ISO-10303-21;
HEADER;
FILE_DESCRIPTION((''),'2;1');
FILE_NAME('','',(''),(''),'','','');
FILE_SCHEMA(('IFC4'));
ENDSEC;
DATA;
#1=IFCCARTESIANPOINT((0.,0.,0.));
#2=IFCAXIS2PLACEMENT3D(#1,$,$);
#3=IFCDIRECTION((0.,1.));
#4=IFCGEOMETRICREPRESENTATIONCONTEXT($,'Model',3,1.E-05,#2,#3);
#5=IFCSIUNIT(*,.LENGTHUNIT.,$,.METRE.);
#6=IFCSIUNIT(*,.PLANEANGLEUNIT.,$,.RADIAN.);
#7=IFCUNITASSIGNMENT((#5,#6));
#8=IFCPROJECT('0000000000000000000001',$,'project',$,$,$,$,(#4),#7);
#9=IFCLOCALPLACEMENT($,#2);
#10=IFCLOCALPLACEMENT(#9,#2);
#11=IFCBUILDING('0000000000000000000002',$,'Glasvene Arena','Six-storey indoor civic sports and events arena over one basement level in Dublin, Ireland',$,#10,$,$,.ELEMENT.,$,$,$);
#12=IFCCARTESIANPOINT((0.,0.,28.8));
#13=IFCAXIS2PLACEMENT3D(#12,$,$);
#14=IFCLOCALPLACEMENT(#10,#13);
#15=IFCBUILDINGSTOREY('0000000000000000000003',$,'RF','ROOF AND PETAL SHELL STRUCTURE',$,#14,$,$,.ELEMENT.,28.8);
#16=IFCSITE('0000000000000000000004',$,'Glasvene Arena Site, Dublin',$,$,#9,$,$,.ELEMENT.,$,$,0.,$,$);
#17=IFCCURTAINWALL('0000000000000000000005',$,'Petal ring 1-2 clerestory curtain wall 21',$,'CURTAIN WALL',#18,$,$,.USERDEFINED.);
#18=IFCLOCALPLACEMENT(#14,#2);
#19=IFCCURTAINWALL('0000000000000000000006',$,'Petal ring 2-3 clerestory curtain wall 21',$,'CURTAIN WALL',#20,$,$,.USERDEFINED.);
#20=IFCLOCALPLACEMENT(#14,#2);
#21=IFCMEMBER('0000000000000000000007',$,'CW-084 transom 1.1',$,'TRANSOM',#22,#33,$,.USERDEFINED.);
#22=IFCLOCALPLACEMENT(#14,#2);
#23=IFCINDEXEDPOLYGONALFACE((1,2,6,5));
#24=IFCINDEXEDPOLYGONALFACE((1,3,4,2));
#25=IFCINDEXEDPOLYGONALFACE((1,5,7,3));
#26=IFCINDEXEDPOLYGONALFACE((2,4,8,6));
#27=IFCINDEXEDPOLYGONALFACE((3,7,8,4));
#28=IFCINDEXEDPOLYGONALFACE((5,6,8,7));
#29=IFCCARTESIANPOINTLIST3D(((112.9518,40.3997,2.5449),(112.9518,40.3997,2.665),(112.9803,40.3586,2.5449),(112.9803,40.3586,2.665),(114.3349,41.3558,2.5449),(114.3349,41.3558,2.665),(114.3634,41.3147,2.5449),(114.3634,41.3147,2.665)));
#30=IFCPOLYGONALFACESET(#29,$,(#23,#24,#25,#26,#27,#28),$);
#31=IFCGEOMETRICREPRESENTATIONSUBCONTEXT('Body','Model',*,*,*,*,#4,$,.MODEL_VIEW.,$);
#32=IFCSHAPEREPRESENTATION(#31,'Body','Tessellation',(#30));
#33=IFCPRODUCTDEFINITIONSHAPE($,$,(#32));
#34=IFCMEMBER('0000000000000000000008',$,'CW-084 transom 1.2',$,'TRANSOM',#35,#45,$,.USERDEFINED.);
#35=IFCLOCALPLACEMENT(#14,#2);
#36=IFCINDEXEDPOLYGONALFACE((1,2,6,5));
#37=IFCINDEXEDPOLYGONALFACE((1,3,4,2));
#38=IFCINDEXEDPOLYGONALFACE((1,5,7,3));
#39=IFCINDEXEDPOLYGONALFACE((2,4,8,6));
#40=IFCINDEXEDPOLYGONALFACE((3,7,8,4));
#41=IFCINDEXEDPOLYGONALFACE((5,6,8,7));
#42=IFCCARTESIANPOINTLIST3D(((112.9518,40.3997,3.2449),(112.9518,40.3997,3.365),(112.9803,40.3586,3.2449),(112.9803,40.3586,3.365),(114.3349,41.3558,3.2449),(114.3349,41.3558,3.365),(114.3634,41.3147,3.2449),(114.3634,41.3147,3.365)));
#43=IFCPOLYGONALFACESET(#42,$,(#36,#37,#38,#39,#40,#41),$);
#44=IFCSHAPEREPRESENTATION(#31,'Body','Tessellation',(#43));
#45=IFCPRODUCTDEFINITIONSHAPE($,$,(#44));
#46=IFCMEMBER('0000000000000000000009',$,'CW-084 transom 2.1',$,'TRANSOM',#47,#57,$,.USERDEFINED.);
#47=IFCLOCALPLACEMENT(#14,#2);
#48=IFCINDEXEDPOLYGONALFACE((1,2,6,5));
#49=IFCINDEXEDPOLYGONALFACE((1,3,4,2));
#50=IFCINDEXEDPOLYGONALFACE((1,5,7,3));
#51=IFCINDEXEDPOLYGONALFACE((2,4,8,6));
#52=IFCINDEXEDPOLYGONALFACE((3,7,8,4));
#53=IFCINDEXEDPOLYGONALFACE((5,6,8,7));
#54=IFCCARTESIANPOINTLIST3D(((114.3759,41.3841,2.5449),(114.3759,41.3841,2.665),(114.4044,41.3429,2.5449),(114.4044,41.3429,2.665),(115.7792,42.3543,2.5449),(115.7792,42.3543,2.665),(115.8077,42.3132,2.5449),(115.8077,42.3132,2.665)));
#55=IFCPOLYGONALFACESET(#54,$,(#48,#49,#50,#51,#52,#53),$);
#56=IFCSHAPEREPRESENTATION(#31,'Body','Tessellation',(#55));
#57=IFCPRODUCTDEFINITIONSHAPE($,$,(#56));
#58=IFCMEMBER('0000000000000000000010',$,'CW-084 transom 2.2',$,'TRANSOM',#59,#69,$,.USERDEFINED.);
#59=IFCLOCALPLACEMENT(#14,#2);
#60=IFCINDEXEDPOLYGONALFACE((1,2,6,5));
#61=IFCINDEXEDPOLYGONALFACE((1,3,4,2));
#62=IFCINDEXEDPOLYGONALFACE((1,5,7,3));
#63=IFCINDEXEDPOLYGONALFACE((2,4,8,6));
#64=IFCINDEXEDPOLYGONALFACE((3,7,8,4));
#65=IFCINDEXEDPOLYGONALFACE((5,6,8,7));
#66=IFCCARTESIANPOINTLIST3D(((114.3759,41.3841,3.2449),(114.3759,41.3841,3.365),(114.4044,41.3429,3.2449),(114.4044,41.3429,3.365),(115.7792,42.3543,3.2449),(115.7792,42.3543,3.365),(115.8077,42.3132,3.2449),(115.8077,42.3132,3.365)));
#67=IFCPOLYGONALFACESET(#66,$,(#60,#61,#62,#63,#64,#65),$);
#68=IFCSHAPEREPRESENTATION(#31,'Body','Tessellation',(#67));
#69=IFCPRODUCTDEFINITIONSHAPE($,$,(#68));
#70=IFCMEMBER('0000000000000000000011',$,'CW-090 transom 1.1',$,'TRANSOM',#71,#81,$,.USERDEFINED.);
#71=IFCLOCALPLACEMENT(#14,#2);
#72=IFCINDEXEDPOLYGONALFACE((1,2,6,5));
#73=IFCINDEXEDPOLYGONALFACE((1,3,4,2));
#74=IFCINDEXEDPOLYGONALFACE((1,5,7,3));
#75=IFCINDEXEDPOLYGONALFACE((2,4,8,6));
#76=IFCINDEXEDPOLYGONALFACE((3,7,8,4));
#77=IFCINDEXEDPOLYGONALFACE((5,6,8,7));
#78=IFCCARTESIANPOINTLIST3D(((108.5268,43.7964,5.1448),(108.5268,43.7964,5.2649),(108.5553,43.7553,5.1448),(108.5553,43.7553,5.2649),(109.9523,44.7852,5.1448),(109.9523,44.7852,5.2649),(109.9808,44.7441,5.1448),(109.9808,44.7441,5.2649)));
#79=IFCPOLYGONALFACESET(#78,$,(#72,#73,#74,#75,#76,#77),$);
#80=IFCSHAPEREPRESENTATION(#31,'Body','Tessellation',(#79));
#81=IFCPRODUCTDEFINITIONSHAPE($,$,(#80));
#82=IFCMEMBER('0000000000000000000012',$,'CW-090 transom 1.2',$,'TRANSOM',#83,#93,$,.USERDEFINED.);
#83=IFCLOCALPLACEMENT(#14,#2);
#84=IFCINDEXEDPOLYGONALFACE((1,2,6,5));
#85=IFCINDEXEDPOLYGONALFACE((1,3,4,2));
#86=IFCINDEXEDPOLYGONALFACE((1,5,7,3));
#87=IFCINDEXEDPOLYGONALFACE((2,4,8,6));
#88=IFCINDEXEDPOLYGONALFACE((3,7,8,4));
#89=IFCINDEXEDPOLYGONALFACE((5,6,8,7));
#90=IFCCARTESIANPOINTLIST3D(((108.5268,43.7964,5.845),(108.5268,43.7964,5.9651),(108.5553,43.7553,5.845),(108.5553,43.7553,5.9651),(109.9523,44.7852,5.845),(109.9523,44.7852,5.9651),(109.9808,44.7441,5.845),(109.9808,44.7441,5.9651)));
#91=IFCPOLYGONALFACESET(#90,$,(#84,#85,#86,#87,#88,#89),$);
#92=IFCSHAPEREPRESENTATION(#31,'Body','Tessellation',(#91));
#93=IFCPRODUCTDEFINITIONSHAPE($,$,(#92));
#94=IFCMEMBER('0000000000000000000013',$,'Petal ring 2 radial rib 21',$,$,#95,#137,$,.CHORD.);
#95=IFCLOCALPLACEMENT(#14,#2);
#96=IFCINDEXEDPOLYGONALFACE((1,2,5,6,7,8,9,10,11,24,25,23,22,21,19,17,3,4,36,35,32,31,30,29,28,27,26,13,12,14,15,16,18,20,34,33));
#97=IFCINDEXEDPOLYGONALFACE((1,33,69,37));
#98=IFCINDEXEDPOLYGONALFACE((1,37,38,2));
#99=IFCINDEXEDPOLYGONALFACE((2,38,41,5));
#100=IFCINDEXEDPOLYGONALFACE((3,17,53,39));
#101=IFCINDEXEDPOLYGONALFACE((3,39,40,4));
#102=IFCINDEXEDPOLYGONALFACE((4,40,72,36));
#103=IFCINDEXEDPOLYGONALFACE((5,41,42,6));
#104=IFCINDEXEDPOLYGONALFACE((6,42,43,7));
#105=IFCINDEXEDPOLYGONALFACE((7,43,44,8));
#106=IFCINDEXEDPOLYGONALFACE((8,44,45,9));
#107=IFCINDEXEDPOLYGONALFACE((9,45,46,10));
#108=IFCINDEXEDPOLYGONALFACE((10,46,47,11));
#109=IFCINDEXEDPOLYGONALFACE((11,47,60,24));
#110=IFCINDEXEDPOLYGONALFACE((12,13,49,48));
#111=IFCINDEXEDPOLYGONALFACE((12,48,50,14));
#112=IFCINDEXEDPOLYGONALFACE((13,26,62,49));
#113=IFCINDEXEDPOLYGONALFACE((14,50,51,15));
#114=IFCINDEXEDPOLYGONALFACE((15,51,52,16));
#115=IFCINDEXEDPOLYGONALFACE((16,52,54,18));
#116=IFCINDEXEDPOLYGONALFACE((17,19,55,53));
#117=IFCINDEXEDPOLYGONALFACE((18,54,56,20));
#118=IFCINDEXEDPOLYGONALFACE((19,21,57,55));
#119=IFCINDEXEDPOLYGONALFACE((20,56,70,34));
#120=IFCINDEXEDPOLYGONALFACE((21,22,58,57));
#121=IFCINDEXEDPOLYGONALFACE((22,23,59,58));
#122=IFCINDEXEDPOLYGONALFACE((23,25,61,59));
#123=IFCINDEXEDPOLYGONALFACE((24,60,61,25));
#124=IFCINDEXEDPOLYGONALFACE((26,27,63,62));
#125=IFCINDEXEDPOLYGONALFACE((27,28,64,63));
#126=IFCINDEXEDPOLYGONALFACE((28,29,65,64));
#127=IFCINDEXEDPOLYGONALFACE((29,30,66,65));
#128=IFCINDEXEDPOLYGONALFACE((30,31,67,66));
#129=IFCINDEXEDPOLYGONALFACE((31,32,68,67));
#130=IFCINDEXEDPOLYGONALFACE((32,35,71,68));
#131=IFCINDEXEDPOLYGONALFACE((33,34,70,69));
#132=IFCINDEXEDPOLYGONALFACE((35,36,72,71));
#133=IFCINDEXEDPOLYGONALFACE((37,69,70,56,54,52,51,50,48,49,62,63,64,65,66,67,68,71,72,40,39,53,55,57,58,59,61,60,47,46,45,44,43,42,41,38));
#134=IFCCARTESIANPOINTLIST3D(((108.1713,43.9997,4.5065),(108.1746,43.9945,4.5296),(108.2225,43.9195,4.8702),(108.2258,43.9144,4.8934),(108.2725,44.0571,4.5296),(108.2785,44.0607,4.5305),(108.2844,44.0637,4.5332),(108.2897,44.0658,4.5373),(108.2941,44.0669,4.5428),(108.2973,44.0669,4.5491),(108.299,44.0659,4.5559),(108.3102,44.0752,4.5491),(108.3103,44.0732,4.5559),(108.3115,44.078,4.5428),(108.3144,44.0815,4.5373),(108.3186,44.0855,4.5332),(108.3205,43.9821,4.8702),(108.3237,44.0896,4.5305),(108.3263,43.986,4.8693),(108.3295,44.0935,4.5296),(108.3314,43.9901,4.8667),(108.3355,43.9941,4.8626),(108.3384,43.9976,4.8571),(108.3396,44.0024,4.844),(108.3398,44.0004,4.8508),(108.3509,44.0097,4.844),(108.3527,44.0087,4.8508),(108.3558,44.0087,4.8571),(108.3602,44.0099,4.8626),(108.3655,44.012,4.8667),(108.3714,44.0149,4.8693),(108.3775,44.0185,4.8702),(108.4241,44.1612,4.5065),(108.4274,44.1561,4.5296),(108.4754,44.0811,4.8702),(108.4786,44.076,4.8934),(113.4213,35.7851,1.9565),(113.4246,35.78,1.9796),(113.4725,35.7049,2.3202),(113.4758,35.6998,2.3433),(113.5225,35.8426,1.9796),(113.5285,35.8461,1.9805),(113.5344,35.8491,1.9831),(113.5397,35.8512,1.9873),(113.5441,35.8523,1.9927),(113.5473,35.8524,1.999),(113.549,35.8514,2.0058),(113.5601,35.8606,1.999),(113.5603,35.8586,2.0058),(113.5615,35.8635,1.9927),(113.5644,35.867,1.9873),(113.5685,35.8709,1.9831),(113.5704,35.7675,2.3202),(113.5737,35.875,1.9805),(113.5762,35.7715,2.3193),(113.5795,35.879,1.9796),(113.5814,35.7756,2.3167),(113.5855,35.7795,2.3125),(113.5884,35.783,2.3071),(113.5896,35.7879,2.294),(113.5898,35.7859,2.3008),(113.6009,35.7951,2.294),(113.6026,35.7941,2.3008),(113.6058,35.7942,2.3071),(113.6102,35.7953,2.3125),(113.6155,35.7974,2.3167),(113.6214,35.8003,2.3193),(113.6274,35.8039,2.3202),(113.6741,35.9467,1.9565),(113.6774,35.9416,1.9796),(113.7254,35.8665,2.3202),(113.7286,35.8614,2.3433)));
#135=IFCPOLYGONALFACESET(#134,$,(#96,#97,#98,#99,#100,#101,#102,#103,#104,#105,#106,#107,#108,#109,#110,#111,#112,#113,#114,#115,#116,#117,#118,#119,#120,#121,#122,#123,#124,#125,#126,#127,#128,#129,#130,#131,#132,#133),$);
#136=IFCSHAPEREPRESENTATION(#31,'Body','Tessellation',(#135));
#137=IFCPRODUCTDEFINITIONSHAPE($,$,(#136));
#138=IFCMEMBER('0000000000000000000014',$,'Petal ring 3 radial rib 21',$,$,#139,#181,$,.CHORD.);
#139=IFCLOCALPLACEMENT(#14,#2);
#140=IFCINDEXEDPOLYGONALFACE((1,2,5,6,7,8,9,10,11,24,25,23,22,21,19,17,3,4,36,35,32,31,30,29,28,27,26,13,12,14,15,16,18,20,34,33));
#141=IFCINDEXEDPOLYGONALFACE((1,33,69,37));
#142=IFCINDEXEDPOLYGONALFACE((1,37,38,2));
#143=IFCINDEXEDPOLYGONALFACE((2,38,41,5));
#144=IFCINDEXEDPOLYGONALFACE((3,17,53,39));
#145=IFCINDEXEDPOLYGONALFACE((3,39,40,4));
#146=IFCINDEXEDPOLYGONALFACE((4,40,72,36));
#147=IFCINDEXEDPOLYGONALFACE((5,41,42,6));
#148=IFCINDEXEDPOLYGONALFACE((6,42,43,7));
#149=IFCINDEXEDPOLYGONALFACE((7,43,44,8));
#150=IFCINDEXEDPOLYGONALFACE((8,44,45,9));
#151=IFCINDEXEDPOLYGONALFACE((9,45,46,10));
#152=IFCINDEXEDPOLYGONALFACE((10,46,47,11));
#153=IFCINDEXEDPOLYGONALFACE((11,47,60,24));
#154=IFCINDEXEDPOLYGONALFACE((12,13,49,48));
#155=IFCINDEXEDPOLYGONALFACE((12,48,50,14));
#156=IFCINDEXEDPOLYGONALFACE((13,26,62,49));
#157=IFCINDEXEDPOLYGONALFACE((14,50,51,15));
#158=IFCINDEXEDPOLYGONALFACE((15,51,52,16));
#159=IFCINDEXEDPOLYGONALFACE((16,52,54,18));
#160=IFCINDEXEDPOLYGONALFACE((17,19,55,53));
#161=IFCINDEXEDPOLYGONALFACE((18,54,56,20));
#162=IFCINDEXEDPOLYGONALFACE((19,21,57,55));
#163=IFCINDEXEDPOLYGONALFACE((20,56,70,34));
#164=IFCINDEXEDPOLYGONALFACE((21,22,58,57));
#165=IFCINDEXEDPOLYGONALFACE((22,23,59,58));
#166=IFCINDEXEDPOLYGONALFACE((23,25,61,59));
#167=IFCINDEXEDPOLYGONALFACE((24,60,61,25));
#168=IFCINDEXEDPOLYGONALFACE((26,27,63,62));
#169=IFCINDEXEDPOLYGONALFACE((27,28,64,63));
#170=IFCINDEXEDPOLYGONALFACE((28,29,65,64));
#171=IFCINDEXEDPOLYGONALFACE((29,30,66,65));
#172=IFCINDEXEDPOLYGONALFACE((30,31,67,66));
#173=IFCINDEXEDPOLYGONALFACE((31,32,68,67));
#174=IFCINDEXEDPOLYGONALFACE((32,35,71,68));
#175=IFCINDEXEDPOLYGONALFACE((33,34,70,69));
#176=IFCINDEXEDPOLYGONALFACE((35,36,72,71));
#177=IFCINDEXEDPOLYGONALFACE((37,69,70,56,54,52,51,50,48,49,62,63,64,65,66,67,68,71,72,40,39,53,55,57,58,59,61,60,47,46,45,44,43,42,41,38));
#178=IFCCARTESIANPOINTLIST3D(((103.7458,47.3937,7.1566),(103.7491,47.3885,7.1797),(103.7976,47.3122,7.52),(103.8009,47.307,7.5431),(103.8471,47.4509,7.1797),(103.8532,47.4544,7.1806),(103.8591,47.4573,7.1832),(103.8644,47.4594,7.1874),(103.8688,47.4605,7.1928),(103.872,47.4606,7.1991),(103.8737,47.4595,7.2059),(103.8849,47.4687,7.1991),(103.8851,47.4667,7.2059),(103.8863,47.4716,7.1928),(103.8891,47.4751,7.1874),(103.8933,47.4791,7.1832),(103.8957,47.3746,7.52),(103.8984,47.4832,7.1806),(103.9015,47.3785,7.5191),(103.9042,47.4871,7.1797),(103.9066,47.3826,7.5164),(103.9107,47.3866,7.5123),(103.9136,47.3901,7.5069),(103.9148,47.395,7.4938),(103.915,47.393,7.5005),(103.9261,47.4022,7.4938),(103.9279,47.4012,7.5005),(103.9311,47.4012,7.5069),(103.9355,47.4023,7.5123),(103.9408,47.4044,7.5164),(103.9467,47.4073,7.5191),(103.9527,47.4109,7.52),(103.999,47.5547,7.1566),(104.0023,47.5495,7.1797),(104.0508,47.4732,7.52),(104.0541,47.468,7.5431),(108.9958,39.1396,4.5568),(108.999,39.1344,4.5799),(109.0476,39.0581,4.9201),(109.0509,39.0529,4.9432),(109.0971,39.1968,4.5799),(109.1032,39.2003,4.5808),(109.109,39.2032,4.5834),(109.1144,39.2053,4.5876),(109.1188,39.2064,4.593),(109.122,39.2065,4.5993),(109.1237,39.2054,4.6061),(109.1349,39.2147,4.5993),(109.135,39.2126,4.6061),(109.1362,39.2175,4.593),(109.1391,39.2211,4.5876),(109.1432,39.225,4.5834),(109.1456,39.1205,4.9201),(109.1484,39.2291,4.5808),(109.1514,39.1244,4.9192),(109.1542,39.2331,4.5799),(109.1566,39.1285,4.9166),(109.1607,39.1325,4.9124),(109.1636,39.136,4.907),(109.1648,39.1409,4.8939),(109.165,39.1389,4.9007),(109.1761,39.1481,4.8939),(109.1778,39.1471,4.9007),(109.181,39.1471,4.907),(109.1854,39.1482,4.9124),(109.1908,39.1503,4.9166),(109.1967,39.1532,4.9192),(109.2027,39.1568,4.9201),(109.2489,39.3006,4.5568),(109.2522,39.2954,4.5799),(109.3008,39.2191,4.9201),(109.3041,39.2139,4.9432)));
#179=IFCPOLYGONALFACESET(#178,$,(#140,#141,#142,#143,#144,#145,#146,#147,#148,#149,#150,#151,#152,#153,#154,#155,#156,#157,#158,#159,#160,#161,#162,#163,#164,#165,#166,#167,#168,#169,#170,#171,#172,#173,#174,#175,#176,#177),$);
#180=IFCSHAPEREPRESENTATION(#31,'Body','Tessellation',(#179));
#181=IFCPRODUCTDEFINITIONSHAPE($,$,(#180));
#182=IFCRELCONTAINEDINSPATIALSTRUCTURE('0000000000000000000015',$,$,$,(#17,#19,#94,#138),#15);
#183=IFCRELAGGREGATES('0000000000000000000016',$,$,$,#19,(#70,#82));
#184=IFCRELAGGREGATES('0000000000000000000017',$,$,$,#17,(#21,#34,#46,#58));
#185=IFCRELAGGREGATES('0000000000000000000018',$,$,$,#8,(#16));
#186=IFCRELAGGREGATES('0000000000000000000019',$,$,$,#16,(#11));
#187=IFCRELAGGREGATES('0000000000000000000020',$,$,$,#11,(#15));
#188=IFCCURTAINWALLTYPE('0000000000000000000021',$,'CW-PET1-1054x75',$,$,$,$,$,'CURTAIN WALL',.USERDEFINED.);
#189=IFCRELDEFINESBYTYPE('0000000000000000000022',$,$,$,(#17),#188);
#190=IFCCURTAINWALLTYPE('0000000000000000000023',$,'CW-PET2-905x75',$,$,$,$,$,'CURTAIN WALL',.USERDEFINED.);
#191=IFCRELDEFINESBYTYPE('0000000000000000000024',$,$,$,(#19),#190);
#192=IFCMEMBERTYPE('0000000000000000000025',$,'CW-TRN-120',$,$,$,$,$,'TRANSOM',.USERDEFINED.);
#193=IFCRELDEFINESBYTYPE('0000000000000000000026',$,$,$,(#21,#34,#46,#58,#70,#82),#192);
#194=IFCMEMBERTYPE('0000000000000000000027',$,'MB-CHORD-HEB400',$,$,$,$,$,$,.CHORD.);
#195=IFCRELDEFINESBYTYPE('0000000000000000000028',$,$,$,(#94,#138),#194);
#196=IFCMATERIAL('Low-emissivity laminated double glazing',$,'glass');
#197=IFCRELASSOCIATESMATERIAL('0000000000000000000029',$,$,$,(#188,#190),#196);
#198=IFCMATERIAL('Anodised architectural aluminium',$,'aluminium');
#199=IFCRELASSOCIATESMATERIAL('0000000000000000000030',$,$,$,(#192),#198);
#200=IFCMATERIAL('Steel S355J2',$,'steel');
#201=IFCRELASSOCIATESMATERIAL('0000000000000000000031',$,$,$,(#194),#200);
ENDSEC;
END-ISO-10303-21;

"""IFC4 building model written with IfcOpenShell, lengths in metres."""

from ifc_helpers import new_model, si_unit, direction, frame, origin, origin_2d, place, context, subcontext, project, spatial, rectangle, i_section, extrude, material, material_profile, profile_set, type_object, element, aggregate, save


model = new_model("IFC4")

# Units and contexts
model_context = context("Model", 3, precision=1e-05, world=origin(), true_north=direction((0.0, 1.0)))
body_context = subcontext(model_context, "Body", "Model", "MODEL_VIEW")
ifc_project = project(units=[si_unit("LENGTHUNIT", "METRE"), si_unit("PLANEANGLEUNIT", "RADIAN")], contexts=[model_context])

# Site, building, storey
site_placement = place(None, origin())
site = spatial("IfcSite", under=ifc_project, at=site_placement, Name="Glasvene Arena Site, Dublin", CompositionType="ELEMENT", RefElevation=0.0)
building_placement = place(site_placement, origin())
building = spatial("IfcBuilding", under=site, at=building_placement, Name="Glasvene Arena", Description="Six-storey indoor civic sports and events arena over one basement level in Dublin, Ireland", CompositionType="ELEMENT")
storey_placement = place(building_placement, frame((0.0, 0.0, 28.8)))
storey = spatial("IfcBuildingStorey", under=building, at=storey_placement, Name="RF", Description="ROOF AND PETAL SHELL STRUCTURE", CompositionType="ELEMENT", Elevation=28.8)

# Curtain wall
ifc_material_1 = material(Name="Low-emissivity laminated double glazing", Category="glass")
ifc_material_2 = material(Name="Anodised architectural aluminium", Category="aluminium")
curtain_wall_type_1 = type_object("IfcCurtainWallType", Name="CW-PET1-1054x75", ElementType="CURTAIN WALL", PredefinedType="USERDEFINED", material=ifc_material_1)
curtain_wall_1_placement = place(storey_placement, frame((112.925, 40.3508, 0.0)))
curtain_wall_1 = element("IfcCurtainWall", 1, at=curtain_wall_1_placement, inside=storey, type_object=curtain_wall_type_1, Name="Petal ring 1-2 clerestory curtain wall 21", ObjectType="CURTAIN WALL", PredefinedType="USERDEFINED")

# Curtain wall
curtain_wall_type_2 = type_object("IfcCurtainWallType", Name="CW-PET2-905x75", ElementType="CURTAIN WALL", PredefinedType="USERDEFINED", material=ifc_material_1)
curtain_wall_2_placement = place(storey_placement, frame((108.5, 43.7476, 0.0)))
curtain_wall_2 = element("IfcCurtainWall", 2, at=curtain_wall_2_placement, inside=storey, type_object=curtain_wall_type_2, Name="Petal ring 2-3 clerestory curtain wall 21", ObjectType="CURTAIN WALL", PredefinedType="USERDEFINED")

# Members
ifc_material_profile_1 = material_profile(ifc_material_2, rectangle(XDim=0.05, YDim=0.1201, at=origin_2d()), Name="ALU TRANSOM 50x120")
ifc_profile_set_1 = profile_set([ifc_material_profile_1], Name="Anodised architectural aluminium")
member_type_1 = type_object("IfcMemberType", Name="CW-TRN-120", ElementType="TRANSOM", PredefinedType="USERDEFINED", material=ifc_profile_set_1)
member_1_placement = place(storey_placement, frame((112.9661, 40.3792, 2.605), z_axis=(0.822594, 0.568628, 0.0), x_axis=(-0.568628, 0.822594, 0.0)))
member_1 = element("IfcMember", 3, at=member_1_placement, type_object=member_type_1, Name="CW-084 transom 1.1", ObjectType="TRANSOM", PredefinedType="USERDEFINED", context=body_context, shape_type="SweptSolid", body=[
    extrude(rectangle(XDim=0.05, YDim=0.1201, at=origin_2d()), origin(), (0.0, 0.0, 1.0), 1.6814),
])
member_2_placement = place(storey_placement, frame((112.9661, 40.3792, 3.3049), z_axis=(0.822594, 0.568628, 0.0), x_axis=(-0.568628, 0.822594, 0.0)))
member_2 = element("IfcMember", 4, at=member_2_placement, type_object=member_type_1, Name="CW-084 transom 1.2", ObjectType="TRANSOM", PredefinedType="USERDEFINED", context=body_context, shape_type="SweptSolid", body=[
    extrude(rectangle(XDim=0.05, YDim=0.1201, at=origin_2d()), origin(), (0.0, 0.0, 1.0), 1.6814),
])
member_3_placement = place(storey_placement, frame((114.3901, 41.3635, 2.605), z_axis=(0.822553, 0.568689, 0.0), x_axis=(-0.568689, 0.822553, 0.0)))
member_3 = element("IfcMember", 5, at=member_3_placement, type_object=member_type_1, Name="CW-084 transom 2.1", ObjectType="TRANSOM", PredefinedType="USERDEFINED", context=body_context, shape_type="SweptSolid", body=[
    extrude(rectangle(XDim=0.05, YDim=0.1201, at=origin_2d()), origin(), (0.0, 0.0, 1.0), 1.7061),
])
member_4_placement = place(storey_placement, frame((114.3901, 41.3635, 3.3049), z_axis=(0.822553, 0.568689, 0.0), x_axis=(-0.568689, 0.822553, 0.0)))
member_4 = element("IfcMember", 6, at=member_4_placement, type_object=member_type_1, Name="CW-084 transom 2.2", ObjectType="TRANSOM", PredefinedType="USERDEFINED", context=body_context, shape_type="SweptSolid", body=[
    extrude(rectangle(XDim=0.05, YDim=0.1201, at=origin_2d()), origin(), (0.0, 0.0, 1.0), 1.7061),
])
member_5_placement = place(storey_placement, frame((108.541, 43.7759, 5.2048), z_axis=(0.82169, 0.569934, 0.0), x_axis=(-0.569934, 0.82169, 0.0)))
member_5 = element("IfcMember", 7, at=member_5_placement, type_object=member_type_1, Name="CW-090 transom 1.1", ObjectType="TRANSOM", PredefinedType="USERDEFINED", context=body_context, shape_type="SweptSolid", body=[
    extrude(rectangle(XDim=0.05, YDim=0.1201, at=origin_2d()), origin(), (0.0, 0.0, 1.0), 1.7349),
])
member_6_placement = place(storey_placement, frame((108.541, 43.7759, 5.905), z_axis=(0.82169, 0.569934, 0.0), x_axis=(-0.569934, 0.82169, 0.0)))
member_6 = element("IfcMember", 8, at=member_6_placement, type_object=member_type_1, Name="CW-090 transom 1.2", ObjectType="TRANSOM", PredefinedType="USERDEFINED", context=body_context, shape_type="SweptSolid", body=[
    extrude(rectangle(XDim=0.05, YDim=0.1201, at=origin_2d()), origin(), (0.0, 0.0, 1.0), 1.7349),
])
aggregate(curtain_wall_2, [member_5, member_6])

# Members
ifc_material_3 = material(Name="Steel S355J2", Category="steel")
ifc_material_profile_2 = material_profile(ifc_material_3, i_section(OverallWidth=0.3, OverallDepth=0.3999, WebThickness=0.0134, FlangeThickness=0.0239, FilletRadius=0.0271, at=origin_2d()), Name="HEB 400")
ifc_profile_set_2 = profile_set([ifc_material_profile_2], Name="Steel S355J2")
member_type_2 = type_object("IfcMemberType", Name="MB-CHORD-HEB400", PredefinedType="CHORD", material=ifc_profile_set_2)
member_7_placement = place(storey_placement, frame((113.575, 35.8232, 2.1499), z_axis=(-0.520991, 0.815187, 0.253058), x_axis=(-0.842613, -0.538519, 0.0)))
element("IfcMember", 9, at=member_7_placement, inside=storey, type_object=member_type_2, Name="Petal ring 2 radial rib 21", PredefinedType="CHORD", context=body_context, shape_type="SweptSolid", body=[
    extrude(i_section(OverallWidth=0.3, OverallDepth=0.3999, WebThickness=0.0134, FlangeThickness=0.0239, FilletRadius=0.0271, at=origin_2d()), origin(), (0.0, 0.0, 1.0), 10.0769),
])
member_8_placement = place(storey_placement, frame((109.1499, 39.1768, 4.75), z_axis=(-0.518678, 0.815475, 0.256854), x_axis=(-0.843784, -0.536683, 0.0)))
element("IfcMember", 10, at=member_8_placement, inside=storey, type_object=member_type_2, Name="Petal ring 3 radial rib 21", PredefinedType="CHORD", context=body_context, shape_type="SweptSolid", body=[
    extrude(i_section(OverallWidth=0.3, OverallDepth=0.3999, WebThickness=0.0134, FlangeThickness=0.0239, FilletRadius=0.0271, at=origin_2d()), origin(), (0.0, 0.0, 1.0), 10.1218),
])

aggregate(curtain_wall_1, [member_1, member_2, member_3, member_4])

save(model, "model.ifc")
